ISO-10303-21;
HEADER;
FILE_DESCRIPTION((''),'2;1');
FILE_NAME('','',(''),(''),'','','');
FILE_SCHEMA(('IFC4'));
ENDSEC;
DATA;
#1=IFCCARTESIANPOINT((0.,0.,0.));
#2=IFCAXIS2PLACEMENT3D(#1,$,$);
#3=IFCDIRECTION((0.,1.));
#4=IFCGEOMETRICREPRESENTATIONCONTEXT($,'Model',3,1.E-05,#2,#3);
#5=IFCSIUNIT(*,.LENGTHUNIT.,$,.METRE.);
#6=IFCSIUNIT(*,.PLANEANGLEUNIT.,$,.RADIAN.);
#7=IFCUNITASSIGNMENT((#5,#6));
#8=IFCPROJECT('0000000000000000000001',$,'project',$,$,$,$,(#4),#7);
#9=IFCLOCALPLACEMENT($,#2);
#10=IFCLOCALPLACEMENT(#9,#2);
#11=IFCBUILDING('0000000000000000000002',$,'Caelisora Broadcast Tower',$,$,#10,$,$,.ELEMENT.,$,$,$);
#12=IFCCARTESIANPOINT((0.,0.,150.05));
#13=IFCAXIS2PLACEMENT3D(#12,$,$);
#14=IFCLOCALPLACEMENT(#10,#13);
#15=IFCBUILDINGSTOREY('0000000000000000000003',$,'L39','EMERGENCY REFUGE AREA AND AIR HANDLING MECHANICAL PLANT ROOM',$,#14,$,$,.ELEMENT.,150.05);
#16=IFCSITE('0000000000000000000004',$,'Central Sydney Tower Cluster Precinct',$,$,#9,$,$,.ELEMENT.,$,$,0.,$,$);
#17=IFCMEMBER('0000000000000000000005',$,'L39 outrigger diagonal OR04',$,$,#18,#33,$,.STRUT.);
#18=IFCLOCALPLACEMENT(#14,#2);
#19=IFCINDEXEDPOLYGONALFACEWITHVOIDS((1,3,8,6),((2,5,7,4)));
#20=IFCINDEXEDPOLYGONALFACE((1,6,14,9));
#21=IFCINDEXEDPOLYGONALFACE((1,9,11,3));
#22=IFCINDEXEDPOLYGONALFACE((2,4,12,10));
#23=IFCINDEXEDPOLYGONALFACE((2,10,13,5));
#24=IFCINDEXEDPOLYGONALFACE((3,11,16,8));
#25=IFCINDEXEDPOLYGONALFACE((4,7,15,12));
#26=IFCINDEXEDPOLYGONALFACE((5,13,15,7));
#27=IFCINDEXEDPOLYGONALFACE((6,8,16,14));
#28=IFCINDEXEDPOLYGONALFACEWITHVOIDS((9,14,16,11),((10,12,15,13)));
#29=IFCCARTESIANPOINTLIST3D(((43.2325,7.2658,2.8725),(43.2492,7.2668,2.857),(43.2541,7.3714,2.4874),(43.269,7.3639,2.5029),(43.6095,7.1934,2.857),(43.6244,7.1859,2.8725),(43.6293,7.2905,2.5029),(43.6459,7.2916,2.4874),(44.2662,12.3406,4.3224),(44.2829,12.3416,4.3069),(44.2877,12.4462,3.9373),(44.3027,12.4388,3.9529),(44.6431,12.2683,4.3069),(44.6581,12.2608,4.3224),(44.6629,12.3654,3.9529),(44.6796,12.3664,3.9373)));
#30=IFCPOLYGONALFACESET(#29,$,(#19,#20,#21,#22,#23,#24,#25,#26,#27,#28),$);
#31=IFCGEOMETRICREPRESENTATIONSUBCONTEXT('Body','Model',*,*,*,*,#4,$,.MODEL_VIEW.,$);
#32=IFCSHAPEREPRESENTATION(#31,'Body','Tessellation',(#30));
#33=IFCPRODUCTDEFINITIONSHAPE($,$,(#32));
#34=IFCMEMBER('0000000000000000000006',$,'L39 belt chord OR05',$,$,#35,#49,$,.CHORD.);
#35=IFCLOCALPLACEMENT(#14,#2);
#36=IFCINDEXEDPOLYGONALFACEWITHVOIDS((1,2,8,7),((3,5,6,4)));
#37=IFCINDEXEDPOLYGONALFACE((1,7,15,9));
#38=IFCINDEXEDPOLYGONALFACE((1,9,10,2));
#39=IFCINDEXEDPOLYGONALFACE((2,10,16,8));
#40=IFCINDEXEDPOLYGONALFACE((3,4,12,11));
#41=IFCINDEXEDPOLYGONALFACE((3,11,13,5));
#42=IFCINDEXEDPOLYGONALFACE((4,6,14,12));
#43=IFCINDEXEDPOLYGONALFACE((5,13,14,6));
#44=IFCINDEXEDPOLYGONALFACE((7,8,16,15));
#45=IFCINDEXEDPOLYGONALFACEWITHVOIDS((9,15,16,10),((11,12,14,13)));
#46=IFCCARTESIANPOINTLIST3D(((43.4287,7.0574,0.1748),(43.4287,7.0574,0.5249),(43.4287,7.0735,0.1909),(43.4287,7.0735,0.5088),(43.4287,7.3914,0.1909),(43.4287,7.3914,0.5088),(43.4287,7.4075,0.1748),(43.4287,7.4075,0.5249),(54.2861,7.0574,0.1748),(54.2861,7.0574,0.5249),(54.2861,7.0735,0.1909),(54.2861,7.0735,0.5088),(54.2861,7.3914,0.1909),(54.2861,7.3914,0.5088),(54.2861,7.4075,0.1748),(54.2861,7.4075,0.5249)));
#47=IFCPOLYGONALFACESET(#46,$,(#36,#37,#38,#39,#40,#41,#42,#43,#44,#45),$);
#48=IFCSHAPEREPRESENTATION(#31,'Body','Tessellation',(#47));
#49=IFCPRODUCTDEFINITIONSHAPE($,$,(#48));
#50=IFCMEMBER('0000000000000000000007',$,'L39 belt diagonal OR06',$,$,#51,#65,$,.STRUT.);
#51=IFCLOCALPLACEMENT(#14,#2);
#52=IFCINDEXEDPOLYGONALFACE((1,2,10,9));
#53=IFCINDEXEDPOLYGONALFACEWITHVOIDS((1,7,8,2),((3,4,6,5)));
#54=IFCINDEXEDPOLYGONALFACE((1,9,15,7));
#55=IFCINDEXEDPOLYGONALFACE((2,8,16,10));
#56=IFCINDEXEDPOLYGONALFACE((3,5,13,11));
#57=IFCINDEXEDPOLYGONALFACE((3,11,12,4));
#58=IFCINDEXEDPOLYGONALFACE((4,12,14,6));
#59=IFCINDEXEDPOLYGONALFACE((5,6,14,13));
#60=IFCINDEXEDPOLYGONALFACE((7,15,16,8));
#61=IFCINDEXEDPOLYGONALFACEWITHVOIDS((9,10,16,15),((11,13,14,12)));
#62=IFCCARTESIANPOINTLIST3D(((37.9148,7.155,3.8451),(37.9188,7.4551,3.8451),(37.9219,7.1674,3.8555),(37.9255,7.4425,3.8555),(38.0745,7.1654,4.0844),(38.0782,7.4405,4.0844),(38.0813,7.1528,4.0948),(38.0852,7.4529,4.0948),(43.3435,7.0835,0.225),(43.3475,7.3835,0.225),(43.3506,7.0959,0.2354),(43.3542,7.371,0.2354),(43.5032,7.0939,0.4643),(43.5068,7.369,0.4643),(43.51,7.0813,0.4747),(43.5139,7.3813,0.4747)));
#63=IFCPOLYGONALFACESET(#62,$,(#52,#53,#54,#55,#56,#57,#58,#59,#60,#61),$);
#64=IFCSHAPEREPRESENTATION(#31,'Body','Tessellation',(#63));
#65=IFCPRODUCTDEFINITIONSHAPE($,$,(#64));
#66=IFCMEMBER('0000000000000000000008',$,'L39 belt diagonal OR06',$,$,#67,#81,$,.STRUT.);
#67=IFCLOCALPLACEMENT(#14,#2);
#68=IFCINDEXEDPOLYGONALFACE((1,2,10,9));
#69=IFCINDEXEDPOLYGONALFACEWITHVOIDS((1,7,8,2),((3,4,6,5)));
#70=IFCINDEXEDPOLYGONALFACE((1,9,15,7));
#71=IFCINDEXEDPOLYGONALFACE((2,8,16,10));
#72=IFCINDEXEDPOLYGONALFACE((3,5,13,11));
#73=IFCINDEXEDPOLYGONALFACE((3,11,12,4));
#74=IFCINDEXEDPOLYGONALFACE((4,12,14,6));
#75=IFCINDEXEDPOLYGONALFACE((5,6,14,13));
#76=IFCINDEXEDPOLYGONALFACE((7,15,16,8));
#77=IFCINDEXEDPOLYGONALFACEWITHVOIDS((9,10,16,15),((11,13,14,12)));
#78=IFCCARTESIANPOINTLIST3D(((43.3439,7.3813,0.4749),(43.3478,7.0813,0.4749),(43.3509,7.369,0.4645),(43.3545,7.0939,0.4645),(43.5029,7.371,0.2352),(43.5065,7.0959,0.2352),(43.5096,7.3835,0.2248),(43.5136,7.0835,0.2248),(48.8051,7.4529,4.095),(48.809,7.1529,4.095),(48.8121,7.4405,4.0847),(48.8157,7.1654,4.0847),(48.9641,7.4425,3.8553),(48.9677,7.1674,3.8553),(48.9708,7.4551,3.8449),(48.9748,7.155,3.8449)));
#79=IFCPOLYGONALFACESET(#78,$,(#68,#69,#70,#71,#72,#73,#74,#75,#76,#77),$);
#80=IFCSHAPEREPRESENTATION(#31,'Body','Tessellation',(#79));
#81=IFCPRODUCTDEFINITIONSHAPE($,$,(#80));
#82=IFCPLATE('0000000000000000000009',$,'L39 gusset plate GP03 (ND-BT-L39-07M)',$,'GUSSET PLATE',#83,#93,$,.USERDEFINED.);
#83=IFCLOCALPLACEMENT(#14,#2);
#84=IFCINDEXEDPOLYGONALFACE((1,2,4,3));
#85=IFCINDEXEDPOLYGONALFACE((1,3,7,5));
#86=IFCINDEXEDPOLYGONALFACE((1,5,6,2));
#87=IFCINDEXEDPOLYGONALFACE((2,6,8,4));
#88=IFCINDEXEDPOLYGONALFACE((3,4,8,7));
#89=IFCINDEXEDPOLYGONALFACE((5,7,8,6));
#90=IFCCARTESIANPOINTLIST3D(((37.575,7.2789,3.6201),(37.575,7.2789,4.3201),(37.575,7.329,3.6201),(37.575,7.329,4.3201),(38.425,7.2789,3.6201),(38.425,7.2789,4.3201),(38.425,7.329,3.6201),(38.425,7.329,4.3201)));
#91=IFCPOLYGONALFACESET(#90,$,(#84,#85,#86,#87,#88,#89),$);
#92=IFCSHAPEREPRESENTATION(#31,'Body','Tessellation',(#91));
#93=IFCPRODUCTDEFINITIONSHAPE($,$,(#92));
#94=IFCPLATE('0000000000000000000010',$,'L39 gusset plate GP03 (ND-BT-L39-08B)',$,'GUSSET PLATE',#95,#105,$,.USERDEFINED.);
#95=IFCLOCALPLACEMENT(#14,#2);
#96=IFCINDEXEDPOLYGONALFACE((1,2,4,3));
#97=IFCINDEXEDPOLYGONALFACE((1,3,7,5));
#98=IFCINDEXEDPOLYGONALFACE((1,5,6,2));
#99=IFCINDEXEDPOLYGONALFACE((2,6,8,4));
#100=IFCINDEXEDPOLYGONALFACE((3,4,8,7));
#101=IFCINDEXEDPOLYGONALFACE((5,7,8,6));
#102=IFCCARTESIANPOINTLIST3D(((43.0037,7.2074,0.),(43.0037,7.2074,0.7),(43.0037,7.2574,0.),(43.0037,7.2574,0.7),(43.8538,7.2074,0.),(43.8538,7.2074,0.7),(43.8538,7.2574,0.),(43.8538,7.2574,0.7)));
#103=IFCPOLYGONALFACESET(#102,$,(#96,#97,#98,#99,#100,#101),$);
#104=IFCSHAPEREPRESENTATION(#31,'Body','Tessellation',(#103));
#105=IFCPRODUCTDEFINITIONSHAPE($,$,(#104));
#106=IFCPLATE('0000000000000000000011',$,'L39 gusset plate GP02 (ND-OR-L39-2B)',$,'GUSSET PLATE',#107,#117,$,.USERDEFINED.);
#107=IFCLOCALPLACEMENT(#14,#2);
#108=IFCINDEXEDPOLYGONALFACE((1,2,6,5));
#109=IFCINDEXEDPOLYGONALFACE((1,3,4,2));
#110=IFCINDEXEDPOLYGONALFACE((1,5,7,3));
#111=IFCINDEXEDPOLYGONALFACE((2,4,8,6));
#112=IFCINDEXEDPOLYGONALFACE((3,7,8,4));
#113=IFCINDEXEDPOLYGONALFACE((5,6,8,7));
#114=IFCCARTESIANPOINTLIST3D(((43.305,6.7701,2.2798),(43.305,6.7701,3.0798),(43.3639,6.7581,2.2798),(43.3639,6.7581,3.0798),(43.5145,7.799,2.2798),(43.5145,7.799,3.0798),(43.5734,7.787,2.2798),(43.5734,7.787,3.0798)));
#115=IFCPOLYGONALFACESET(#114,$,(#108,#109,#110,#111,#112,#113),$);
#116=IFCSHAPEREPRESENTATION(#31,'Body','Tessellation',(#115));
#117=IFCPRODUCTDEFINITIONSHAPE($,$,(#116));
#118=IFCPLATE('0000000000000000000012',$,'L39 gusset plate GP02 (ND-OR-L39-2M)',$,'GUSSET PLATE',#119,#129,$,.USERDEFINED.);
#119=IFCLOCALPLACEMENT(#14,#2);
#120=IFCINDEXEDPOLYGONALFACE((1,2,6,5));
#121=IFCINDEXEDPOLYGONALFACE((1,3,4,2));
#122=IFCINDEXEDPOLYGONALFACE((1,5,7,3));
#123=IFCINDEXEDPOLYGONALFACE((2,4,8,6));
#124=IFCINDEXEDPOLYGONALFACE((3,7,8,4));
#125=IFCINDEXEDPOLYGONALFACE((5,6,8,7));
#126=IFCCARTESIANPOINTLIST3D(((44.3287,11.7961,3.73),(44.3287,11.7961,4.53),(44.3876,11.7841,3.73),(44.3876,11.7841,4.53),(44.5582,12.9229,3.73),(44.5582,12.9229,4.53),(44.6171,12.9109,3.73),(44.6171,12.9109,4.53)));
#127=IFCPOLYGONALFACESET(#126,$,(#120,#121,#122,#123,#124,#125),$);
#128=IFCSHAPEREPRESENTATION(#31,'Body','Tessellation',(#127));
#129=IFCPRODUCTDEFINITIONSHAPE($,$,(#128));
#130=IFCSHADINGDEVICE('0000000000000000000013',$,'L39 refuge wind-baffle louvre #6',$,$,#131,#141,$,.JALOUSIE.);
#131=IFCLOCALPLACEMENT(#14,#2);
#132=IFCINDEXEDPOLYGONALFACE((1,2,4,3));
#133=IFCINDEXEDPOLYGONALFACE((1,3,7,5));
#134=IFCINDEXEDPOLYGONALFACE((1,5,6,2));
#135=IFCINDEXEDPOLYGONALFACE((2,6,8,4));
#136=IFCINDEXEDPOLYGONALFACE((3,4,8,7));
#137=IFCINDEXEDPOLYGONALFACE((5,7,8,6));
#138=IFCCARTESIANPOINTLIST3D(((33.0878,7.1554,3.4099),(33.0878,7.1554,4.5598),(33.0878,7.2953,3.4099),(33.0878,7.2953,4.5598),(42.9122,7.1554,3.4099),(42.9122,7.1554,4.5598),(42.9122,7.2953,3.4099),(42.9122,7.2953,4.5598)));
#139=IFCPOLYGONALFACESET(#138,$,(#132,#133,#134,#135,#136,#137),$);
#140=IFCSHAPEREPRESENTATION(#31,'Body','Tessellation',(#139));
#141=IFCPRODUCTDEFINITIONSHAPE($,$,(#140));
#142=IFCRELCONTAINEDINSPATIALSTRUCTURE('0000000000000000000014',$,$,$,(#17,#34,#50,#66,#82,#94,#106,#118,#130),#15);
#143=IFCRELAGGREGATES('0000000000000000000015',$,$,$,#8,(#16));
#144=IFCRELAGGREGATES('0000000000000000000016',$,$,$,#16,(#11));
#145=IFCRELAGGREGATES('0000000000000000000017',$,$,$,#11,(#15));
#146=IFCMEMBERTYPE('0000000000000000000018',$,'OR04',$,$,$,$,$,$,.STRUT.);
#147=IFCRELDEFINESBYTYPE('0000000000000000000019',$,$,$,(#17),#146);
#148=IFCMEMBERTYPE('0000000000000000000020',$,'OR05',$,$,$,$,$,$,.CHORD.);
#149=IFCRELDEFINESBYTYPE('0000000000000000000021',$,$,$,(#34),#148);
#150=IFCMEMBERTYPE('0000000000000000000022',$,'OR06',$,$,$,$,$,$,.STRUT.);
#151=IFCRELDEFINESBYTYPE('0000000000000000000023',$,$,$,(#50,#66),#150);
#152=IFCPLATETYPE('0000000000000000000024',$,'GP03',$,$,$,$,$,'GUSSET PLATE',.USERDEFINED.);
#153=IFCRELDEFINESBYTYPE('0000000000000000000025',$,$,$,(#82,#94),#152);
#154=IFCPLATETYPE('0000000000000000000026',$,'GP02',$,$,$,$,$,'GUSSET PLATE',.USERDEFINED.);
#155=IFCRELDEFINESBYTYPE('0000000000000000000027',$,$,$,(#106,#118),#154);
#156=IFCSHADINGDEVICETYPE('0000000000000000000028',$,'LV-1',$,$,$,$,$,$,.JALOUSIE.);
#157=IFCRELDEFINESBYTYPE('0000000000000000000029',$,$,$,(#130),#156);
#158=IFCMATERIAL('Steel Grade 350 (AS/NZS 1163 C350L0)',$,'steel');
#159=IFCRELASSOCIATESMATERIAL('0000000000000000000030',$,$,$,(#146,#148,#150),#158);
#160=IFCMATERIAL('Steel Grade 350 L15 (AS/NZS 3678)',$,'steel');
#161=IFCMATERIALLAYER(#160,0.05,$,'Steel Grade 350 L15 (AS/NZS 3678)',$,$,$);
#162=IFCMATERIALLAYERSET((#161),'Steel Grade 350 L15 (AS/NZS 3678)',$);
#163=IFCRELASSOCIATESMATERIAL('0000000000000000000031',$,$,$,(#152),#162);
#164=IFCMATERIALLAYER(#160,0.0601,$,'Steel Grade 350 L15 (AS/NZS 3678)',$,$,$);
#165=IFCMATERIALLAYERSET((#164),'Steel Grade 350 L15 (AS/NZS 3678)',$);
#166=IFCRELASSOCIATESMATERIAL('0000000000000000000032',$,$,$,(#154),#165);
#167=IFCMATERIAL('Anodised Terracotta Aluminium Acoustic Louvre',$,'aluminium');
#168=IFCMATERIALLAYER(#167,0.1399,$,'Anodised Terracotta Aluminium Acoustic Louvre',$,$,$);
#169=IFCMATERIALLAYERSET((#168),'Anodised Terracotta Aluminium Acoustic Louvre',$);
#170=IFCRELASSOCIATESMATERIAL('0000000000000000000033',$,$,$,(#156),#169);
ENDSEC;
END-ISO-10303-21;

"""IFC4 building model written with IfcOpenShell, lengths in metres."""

from ifc_helpers import new_model, si_unit, direction, frame, origin, origin_2d, place, context, subcontext, project, spatial, rectangle, hollow_rectangle, extrude, source, transform, mapped, material, layer, layer_set, material_profile, profile_set, type_object, type_shapes, element, save


model = new_model("IFC4")

# Units and contexts
model_context = context("Model", 3, precision=1e-05, world=origin(), true_north=direction((0.0, 1.0)))
body_context = subcontext(model_context, "Body", "Model", "MODEL_VIEW")
ifc_project = project(units=[si_unit("LENGTHUNIT", "METRE"), si_unit("PLANEANGLEUNIT", "RADIAN")], contexts=[model_context])

# Site, building, storey
site_placement = place(None, origin())
site = spatial("IfcSite", under=ifc_project, at=site_placement, Name="Central Sydney Tower Cluster Precinct", CompositionType="ELEMENT", RefElevation=0.0)
building_placement = place(site_placement, origin())
building = spatial("IfcBuilding", under=site, at=building_placement, Name="Caelisora Broadcast Tower", CompositionType="ELEMENT")
storey_placement = place(building_placement, frame((0.0, 0.0, 150.05)))
storey = spatial("IfcBuildingStorey", under=building, at=storey_placement, Name="L39", Description="EMERGENCY REFUGE AREA AND AIR HANDLING MECHANICAL PLANT ROOM", CompositionType="ELEMENT", Elevation=150.05)

# Shared definitions
ifc_material_1 = material(Name="Steel Grade 350 L15 (AS/NZS 3678)", Category="steel")

# Shared definitions
ifc_material_2 = material(Name="Steel Grade 350 (AS/NZS 1163 C350L0)", Category="steel")

# Members
ifc_material_profile_1 = material_profile(ifc_material_2, hollow_rectangle(XDim=0.3999, YDim=0.3999, WallThickness=0.0161, at=origin_2d()), Name="Steel Grade 350 (AS/NZS 1163 C350L0)")
ifc_profile_set_1 = profile_set([ifc_material_profile_1], Name="Steel Grade 350 (AS/NZS 1163 C350L0)")
member_type_1 = type_object("IfcMemberType", Name="OR04", PredefinedType="STRUT", material=ifc_profile_set_1)
shared_shape_1 = source(origin(), body_context, "Body", "SweptSolid", [
    extrude(hollow_rectangle(XDim=0.3999, YDim=0.3999, WallThickness=0.0161, at=origin_2d()), origin(), (0.0, 0.0, 1.0), 5.3782),
])
type_shapes(member_type_1, [shared_shape_1])
member_1_placement = place(storey_placement, frame((44.4729, 12.3535, 4.1299), z_axis=(-0.192197, -0.943599, -0.269593), x_axis=(0.97988, -0.199587, 0.0)))
element("IfcMember", 1, at=member_1_placement, inside=storey, type_object=member_type_1, Name="L39 outrigger diagonal OR04", PredefinedType="STRUT", context=body_context, shape_type="MappedRepresentation", body=[
    mapped(shared_shape_1, transform((0.0, 0.0, 0.0), scale=1.0)),
])
ifc_material_profile_2 = material_profile(ifc_material_2, hollow_rectangle(XDim=0.3501, YDim=0.3501, WallThickness=0.0161, at=origin_2d()), Name="Steel Grade 350 (AS/NZS 1163 C350L0)")
ifc_profile_set_2 = profile_set([ifc_material_profile_2], Name="Steel Grade 350 (AS/NZS 1163 C350L0)")
member_type_2 = type_object("IfcMemberType", Name="OR05", PredefinedType="CHORD", material=ifc_profile_set_2)
shared_shape_2 = source(origin(), body_context, "Body", "SweptSolid", [
    extrude(hollow_rectangle(XDim=0.3501, YDim=0.3501, WallThickness=0.0161, at=origin_2d()), origin(), (0.0, 0.0, 1.0), 10.8574),
])
type_shapes(member_type_2, [shared_shape_2])
member_2_placement = place(storey_placement, frame((43.4287, 7.2324, 0.3499), z_axis=(1.0, 0.0, 0.0), x_axis=(0.0, 1.0, 0.0)))
element("IfcMember", 2, at=member_2_placement, inside=storey, type_object=member_type_2, Name="L39 belt chord OR05", PredefinedType="CHORD", context=body_context, shape_type="MappedRepresentation", body=[
    mapped(shared_shape_2, transform((0.0, 0.0, 0.0), scale=1.0)),
])
ifc_material_profile_3 = material_profile(ifc_material_2, hollow_rectangle(XDim=0.3, YDim=0.3, WallThickness=0.0125, at=origin_2d()), Name="Steel Grade 350 (AS/NZS 1163 C350L0)")
ifc_profile_set_3 = profile_set([ifc_material_profile_3], Name="Steel Grade 350 (AS/NZS 1163 C350L0)")
member_type_3 = type_object("IfcMemberType", Name="OR06", PredefinedType="STRUT", material=ifc_profile_set_3)
shared_shape_3 = source(origin(), body_context, "Body", "SweptSolid", [
    extrude(hollow_rectangle(XDim=0.3, YDim=0.3, WallThickness=0.0125, at=origin_2d()), origin(), (0.0, 0.0, 1.0), 6.5254),
])
member_3_placement = place(storey_placement, frame((43.4287, 7.2324, 0.3499), z_axis=(-0.831931, 0.010962, 0.55477), x_axis=(-0.013176, -0.999913, 0.0)))
element("IfcMember", 3, at=member_3_placement, inside=storey, type_object=member_type_3, Name="L39 belt diagonal OR06", PredefinedType="STRUT", context=body_context, shape_type="MappedRepresentation", body=[
    mapped(shared_shape_3, transform((0.0, 0.0, 0.0), scale=1.0)),
])
shared_shape_4 = source(origin(), body_context, "Body", "SweptSolid", [
    extrude(hollow_rectangle(XDim=0.3, YDim=0.3, WallThickness=0.0125, at=origin_2d()), origin(), (0.0, 0.0, 1.0), 6.5525),
])
type_shapes(member_type_3, [shared_shape_3, shared_shape_4])
member_4_placement = place(storey_placement, frame((43.4287, 7.2324, 0.3499), z_axis=(0.833454, 0.010917, 0.552481), x_axis=(-0.013097, 0.999914, 0.0)))
element("IfcMember", 4, at=member_4_placement, inside=storey, type_object=member_type_3, Name="L39 belt diagonal OR06", PredefinedType="STRUT", context=body_context, shape_type="MappedRepresentation", body=[
    mapped(shared_shape_4, transform((0.0, 0.0, 0.0), scale=1.0)),
])

# Plates
ifc_layer_1 = layer(ifc_material_1, 0.05, Name="Steel Grade 350 L15 (AS/NZS 3678)")
ifc_layer_set_1 = layer_set([ifc_layer_1], Name="Steel Grade 350 L15 (AS/NZS 3678)")
plate_type_1 = type_object("IfcPlateType", Name="GP03", ElementType="GUSSET PLATE", PredefinedType="USERDEFINED", material=ifc_layer_set_1)
shared_shape_5 = source(origin(), body_context, "Body", "SweptSolid", [
    extrude(rectangle(XDim=0.8501, YDim=0.05, at=origin_2d()), origin(), (0.0, 0.0, 1.0), 0.7),
])
type_shapes(plate_type_1, [shared_shape_5])
for number, where, z_axis, x_axis, name in (
    (5, (38.0, 7.304, 3.6201), (0.0, 0.0, 1.0), (1.0, 0.0, 0.0), "L39 gusset plate GP03 (ND-BT-L39-07M)"),
    (6, (43.4287, 7.2324, 0.0), (0.0, 0.0, 1.0), (1.0, 0.0, 0.0), "L39 gusset plate GP03 (ND-BT-L39-08B)"),
):
    element("IfcPlate", number, at=place(storey_placement, frame(where, z_axis=z_axis, x_axis=x_axis)), inside=storey, type_object=plate_type_1, Name=name, ObjectType="GUSSET PLATE", PredefinedType="USERDEFINED", context=body_context, shape_type="MappedRepresentation", body=[
        mapped(shared_shape_5, transform((0.0, 0.0, 0.0), scale=1.0)),
    ])
ifc_layer_2 = layer(ifc_material_1, 0.0601, Name="Steel Grade 350 L15 (AS/NZS 3678)")
ifc_layer_set_2 = layer_set([ifc_layer_2], Name="Steel Grade 350 L15 (AS/NZS 3678)")
plate_type_2 = type_object("IfcPlateType", Name="GP02", ElementType="GUSSET PLATE", PredefinedType="USERDEFINED", material=ifc_layer_set_2)
shared_shape_6 = source(origin(), body_context, "Body", "SweptSolid", [
    extrude(rectangle(XDim=1.05, YDim=0.0601, at=origin_2d()), origin(), (0.0, 0.0, 1.0), 0.8),
])
plate_1_placement = place(storey_placement, frame((43.4392, 7.2786, 2.2798), z_axis=(0.0, 0.0, 1.0), x_axis=(-0.199539, -0.97989, 0.0)))
element("IfcPlate", 7, at=plate_1_placement, inside=storey, type_object=plate_type_2, Name="L39 gusset plate GP02 (ND-OR-L39-2B)", ObjectType="GUSSET PLATE", PredefinedType="USERDEFINED", context=body_context, shape_type="MappedRepresentation", body=[
    mapped(shared_shape_6, transform((0.0, 0.0, 0.0), scale=1.0)),
])
shared_shape_7 = source(origin(), body_context, "Body", "SweptSolid", [
    extrude(rectangle(XDim=1.1499, YDim=0.0601, at=origin_2d()), origin(), (0.0, 0.0, 1.0), 0.8),
])
type_shapes(plate_type_2, [shared_shape_6, shared_shape_7])
plate_2_placement = place(storey_placement, frame((44.4729, 12.3535, 3.73), z_axis=(0.0, 0.0, 1.0), x_axis=(-0.199539, -0.97989, 0.0)))
element("IfcPlate", 8, at=plate_2_placement, inside=storey, type_object=plate_type_2, Name="L39 gusset plate GP02 (ND-OR-L39-2M)", ObjectType="GUSSET PLATE", PredefinedType="USERDEFINED", context=body_context, shape_type="MappedRepresentation", body=[
    mapped(shared_shape_7, transform((0.0, 0.0, 0.0), scale=1.0)),
])

# Shading device
ifc_material_3 = material(Name="Anodised Terracotta Aluminium Acoustic Louvre", Category="aluminium")
ifc_layer_3 = layer(ifc_material_3, 0.1399, Name="Anodised Terracotta Aluminium Acoustic Louvre")
ifc_layer_set_3 = layer_set([ifc_layer_3], Name="Anodised Terracotta Aluminium Acoustic Louvre")
shading_device_type = type_object("IfcShadingDeviceType", Name="LV-1", PredefinedType="JALOUSIE", material=ifc_layer_set_3)
shared_shape_8 = source(origin(), body_context, "Body", "SweptSolid", [
    extrude(rectangle(XDim=9.8245, YDim=0.1399, at=origin_2d()), origin(), (0.0, 0.0, 1.0), 1.1499),
])
type_shapes(shading_device_type, [shared_shape_8])
shading_device_placement = place(storey_placement, frame((38.0, 7.2253, 3.4099), z_axis=(0.0, 0.0, 1.0), x_axis=(1.0, 0.0, 0.0)))
element("IfcShadingDevice", 9, at=shading_device_placement, inside=storey, type_object=shading_device_type, Name="L39 refuge wind-baffle louvre #6", PredefinedType="JALOUSIE", context=body_context, shape_type="MappedRepresentation", body=[
    mapped(shared_shape_8, transform((0.0, 0.0, 0.0), scale=1.0)),
])

save(model, "model.ifc")
